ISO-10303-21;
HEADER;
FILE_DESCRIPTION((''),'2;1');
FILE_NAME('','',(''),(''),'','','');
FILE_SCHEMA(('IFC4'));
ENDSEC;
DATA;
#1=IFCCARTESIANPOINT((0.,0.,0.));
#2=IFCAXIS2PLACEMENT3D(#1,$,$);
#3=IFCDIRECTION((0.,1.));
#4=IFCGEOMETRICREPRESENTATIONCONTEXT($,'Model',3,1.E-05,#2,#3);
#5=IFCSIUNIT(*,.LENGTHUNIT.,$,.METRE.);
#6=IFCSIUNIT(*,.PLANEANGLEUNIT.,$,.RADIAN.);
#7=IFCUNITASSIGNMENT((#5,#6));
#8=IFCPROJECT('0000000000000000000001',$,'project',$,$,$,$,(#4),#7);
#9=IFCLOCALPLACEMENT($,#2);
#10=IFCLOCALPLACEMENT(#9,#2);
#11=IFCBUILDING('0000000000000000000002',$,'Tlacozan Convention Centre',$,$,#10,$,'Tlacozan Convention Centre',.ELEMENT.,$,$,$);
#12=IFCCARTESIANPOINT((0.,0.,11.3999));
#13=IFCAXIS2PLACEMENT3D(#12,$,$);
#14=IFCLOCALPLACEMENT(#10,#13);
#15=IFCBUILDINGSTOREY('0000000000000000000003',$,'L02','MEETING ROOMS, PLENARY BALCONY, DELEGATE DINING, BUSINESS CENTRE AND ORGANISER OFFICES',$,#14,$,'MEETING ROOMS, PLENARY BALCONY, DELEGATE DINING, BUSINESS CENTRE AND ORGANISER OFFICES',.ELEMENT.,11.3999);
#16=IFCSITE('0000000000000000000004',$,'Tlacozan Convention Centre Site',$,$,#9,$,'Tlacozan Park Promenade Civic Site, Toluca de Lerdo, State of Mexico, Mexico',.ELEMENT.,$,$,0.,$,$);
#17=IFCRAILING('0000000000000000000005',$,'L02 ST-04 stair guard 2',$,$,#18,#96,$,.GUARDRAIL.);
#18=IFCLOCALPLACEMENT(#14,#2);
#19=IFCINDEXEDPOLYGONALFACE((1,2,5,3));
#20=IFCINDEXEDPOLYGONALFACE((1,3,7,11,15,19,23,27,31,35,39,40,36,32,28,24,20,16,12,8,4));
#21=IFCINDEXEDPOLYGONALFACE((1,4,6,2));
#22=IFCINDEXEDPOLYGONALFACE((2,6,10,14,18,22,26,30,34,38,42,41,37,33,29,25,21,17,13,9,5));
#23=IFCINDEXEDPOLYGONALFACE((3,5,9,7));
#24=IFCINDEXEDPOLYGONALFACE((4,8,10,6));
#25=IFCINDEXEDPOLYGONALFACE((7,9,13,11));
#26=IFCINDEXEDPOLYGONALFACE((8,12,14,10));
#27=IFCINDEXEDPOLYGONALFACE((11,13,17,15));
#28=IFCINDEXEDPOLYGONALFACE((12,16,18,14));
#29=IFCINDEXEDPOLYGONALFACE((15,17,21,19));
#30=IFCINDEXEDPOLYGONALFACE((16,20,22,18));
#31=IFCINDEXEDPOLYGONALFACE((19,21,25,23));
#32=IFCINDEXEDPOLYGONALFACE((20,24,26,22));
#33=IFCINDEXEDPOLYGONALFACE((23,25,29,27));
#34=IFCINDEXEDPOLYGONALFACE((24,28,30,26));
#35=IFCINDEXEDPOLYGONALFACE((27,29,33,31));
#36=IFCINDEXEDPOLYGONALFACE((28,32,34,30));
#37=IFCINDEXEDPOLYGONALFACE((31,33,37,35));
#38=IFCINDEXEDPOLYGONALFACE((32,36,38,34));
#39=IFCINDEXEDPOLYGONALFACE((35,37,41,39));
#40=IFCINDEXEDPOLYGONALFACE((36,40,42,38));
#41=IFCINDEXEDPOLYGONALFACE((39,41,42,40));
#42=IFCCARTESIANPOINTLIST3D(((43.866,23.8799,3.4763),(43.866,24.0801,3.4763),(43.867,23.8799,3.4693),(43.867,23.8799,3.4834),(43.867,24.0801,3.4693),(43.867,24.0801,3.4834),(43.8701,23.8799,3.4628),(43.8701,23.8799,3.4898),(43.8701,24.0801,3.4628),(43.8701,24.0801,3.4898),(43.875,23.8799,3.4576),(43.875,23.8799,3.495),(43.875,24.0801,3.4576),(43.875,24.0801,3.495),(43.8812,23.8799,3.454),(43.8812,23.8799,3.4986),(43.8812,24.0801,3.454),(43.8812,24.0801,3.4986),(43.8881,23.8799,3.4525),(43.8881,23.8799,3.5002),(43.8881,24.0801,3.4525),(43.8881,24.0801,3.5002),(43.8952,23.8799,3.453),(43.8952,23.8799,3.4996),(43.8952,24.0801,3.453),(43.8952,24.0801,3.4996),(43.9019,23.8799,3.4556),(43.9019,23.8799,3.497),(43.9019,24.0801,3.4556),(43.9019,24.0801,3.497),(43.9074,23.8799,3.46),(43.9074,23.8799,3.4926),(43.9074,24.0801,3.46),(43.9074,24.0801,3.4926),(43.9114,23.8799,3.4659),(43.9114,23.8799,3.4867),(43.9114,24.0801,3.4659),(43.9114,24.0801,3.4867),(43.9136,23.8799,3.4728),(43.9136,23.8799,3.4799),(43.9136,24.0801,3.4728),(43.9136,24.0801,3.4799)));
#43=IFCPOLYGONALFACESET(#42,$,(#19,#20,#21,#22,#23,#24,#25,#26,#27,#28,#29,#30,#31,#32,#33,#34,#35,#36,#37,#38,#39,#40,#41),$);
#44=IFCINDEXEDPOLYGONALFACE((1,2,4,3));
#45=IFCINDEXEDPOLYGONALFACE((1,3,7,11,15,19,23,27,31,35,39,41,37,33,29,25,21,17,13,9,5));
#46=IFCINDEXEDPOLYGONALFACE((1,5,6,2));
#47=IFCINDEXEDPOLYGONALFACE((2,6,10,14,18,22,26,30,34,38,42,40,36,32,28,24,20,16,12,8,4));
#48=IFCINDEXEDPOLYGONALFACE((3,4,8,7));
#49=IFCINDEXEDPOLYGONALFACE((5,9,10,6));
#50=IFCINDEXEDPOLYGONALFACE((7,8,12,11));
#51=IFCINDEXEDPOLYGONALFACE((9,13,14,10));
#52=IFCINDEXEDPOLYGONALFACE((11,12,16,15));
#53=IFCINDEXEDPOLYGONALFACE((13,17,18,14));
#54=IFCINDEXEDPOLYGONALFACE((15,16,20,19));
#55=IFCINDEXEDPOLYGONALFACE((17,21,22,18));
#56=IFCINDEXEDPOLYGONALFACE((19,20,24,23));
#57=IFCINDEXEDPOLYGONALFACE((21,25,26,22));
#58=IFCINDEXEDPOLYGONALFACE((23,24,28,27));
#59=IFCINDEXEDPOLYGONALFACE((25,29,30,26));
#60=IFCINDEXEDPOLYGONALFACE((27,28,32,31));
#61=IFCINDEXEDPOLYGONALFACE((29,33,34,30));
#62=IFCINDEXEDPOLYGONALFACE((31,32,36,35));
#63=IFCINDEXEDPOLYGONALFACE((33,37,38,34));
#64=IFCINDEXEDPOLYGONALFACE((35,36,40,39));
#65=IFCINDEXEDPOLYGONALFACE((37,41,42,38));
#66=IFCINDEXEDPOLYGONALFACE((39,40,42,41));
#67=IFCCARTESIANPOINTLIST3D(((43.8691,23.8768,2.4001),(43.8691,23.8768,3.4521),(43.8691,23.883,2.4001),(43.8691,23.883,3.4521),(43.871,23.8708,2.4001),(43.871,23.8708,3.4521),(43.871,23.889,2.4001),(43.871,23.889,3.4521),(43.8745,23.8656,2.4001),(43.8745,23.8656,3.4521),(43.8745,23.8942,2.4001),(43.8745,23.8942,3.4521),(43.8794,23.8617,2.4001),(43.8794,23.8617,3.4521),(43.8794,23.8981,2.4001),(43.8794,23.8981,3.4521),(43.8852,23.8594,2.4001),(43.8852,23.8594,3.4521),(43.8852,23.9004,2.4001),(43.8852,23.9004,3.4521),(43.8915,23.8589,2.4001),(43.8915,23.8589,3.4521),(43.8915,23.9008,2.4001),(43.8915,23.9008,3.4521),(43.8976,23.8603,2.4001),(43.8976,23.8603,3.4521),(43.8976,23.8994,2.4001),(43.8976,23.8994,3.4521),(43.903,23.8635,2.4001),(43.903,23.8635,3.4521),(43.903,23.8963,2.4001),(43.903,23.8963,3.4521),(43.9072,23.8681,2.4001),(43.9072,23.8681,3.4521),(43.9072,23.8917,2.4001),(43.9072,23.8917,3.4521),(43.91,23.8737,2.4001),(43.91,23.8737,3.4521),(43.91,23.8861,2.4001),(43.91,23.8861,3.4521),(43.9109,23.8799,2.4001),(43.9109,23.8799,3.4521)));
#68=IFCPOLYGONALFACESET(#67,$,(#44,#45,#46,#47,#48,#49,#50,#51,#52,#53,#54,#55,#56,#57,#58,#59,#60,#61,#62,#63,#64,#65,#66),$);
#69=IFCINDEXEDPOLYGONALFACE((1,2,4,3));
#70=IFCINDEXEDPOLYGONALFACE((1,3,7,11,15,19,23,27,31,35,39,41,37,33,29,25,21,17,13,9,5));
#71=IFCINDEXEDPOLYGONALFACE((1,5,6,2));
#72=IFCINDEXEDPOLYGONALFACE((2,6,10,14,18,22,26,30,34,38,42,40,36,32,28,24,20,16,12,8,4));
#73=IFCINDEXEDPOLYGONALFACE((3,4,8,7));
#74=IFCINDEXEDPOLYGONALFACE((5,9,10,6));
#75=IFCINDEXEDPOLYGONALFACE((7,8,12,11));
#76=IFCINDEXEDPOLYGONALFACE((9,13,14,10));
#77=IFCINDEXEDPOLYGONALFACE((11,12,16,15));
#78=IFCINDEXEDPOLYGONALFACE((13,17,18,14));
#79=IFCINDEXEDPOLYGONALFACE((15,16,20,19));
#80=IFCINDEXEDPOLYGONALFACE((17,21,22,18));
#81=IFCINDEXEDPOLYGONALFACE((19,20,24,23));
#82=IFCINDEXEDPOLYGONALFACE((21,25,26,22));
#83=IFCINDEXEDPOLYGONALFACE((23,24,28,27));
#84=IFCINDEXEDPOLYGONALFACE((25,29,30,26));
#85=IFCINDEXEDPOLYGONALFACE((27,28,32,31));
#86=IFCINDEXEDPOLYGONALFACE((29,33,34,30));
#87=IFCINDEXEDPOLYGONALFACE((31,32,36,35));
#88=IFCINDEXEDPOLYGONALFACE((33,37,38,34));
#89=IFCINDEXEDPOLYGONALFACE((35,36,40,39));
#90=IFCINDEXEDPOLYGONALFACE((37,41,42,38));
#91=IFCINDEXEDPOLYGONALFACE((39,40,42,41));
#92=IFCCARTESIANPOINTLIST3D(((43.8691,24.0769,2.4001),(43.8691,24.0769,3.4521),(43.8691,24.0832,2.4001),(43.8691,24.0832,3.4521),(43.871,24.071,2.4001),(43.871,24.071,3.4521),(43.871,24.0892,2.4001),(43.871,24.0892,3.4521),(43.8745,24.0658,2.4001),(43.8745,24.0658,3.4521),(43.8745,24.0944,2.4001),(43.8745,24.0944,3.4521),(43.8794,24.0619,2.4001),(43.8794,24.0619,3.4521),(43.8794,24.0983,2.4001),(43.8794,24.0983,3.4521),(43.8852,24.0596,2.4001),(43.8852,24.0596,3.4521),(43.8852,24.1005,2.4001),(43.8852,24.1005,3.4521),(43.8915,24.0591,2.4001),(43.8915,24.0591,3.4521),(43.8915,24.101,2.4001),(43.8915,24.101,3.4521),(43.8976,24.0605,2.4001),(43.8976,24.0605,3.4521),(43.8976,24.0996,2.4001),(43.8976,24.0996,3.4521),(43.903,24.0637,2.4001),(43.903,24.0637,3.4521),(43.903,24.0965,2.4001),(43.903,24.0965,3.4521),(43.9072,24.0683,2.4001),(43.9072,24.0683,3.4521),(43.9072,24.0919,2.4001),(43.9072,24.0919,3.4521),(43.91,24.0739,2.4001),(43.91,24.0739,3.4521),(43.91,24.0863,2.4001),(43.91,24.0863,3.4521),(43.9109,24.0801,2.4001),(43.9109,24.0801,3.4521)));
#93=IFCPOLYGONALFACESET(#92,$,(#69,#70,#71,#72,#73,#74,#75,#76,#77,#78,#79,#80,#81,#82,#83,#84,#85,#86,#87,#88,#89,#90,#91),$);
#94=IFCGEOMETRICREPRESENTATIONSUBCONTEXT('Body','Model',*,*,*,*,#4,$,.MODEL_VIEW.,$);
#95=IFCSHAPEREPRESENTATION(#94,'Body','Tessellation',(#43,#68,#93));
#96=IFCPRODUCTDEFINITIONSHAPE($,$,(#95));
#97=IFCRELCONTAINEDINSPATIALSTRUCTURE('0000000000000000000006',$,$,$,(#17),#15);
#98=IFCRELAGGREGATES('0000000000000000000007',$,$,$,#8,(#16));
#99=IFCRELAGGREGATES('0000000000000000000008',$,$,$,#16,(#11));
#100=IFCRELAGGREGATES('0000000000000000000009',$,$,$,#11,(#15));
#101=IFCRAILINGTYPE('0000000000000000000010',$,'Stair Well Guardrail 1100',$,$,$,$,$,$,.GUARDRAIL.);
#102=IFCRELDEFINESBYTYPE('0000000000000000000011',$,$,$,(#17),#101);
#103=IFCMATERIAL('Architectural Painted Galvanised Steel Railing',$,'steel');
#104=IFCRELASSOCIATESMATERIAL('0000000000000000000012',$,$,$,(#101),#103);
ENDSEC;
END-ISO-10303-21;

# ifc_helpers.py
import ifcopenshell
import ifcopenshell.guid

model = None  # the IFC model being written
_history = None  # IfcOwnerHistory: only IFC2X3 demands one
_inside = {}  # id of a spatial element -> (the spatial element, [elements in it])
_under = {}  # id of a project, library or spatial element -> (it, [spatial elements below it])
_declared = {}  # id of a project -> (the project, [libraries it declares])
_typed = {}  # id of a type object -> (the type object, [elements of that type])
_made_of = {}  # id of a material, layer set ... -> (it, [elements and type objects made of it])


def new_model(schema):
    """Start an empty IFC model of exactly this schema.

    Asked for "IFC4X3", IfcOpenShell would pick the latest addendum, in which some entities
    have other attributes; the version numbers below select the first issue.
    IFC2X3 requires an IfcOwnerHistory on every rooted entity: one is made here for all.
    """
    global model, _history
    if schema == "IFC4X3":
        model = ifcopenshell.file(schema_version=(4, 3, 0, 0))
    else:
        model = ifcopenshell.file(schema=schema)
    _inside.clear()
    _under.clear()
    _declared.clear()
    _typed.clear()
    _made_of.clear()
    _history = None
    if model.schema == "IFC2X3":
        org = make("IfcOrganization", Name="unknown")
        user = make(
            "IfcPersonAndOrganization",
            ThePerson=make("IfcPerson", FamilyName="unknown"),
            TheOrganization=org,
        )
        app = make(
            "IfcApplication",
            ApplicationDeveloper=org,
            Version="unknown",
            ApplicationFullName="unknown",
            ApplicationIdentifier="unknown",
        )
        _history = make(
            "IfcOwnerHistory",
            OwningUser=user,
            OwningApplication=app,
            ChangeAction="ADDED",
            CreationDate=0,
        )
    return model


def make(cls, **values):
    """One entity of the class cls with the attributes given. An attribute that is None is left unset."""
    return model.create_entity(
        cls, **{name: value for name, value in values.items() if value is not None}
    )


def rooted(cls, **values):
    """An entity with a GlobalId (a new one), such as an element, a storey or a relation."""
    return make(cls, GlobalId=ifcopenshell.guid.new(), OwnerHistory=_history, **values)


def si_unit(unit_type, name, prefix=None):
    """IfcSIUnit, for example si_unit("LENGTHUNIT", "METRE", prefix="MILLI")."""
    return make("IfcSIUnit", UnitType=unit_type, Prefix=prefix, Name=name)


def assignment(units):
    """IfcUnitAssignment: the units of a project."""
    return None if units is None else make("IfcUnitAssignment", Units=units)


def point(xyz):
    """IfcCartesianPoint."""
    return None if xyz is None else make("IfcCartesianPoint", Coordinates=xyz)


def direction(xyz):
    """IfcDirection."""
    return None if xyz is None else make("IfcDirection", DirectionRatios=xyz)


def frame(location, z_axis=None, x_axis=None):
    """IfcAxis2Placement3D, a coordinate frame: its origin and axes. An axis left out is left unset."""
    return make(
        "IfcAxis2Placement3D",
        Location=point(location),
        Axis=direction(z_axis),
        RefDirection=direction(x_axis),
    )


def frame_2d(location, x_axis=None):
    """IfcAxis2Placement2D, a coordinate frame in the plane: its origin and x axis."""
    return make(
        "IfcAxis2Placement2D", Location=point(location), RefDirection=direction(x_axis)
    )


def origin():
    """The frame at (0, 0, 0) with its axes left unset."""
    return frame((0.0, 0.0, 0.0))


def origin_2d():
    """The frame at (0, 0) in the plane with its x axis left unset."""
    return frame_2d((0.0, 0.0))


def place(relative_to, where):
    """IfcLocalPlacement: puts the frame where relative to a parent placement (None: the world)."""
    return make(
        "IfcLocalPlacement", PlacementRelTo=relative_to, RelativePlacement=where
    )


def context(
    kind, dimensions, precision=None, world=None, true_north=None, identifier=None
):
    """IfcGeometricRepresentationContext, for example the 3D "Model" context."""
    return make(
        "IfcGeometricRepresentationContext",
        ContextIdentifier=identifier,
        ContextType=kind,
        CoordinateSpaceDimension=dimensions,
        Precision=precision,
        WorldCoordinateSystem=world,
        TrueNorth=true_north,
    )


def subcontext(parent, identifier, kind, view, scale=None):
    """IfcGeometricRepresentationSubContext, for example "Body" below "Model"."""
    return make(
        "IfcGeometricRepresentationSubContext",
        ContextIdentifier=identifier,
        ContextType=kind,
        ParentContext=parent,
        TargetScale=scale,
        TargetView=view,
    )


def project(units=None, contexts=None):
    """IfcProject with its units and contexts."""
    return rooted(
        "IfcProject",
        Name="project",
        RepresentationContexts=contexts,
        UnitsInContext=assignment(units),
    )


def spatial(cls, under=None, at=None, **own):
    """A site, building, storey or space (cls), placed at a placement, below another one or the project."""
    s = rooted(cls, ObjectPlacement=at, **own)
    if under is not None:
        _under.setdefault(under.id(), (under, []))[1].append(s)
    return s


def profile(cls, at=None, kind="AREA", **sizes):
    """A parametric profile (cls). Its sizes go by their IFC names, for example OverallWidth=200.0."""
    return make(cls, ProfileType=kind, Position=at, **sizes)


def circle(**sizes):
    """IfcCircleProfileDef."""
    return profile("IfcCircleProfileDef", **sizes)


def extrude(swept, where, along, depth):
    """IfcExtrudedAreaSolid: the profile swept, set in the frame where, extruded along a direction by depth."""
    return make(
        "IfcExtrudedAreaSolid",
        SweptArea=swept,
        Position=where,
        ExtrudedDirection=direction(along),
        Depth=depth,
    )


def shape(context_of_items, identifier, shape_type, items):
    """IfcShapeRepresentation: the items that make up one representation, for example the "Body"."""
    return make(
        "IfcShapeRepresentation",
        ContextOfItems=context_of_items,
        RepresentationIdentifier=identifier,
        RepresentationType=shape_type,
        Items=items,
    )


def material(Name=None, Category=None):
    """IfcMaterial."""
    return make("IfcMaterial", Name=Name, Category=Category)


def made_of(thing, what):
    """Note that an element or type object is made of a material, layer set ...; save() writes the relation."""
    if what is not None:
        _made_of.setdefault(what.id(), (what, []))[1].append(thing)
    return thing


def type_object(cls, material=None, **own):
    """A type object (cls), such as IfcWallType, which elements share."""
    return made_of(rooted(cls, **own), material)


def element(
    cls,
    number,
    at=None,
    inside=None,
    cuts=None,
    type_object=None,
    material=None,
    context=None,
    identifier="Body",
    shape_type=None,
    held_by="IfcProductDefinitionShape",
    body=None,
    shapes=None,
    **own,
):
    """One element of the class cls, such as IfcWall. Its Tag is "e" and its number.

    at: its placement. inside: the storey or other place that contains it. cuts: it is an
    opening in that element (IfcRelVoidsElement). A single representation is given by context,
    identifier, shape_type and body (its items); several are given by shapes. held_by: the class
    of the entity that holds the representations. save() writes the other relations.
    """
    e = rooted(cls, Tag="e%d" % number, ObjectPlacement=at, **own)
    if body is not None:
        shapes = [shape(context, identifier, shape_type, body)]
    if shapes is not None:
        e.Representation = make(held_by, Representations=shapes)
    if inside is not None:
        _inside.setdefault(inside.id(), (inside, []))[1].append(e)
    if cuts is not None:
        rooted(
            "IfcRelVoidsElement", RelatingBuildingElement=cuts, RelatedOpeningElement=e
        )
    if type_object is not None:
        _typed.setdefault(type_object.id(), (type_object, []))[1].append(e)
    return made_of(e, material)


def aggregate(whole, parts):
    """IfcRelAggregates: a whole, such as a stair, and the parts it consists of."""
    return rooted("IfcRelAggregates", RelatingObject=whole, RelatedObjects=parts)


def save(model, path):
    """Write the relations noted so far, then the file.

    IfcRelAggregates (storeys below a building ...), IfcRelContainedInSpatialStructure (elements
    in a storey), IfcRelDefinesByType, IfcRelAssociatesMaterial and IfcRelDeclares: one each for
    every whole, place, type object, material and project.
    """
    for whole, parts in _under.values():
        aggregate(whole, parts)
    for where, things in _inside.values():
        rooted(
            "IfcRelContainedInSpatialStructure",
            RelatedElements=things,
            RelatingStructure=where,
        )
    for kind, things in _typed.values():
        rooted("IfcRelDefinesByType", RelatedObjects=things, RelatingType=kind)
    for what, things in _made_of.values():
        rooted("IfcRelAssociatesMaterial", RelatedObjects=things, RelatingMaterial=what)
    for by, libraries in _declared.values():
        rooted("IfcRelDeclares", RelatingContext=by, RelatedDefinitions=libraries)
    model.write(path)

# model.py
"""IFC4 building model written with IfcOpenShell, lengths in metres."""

from ifc_helpers import new_model, si_unit, direction, frame, origin, origin_2d, place, context, subcontext, project, spatial, circle, extrude, material, type_object, element, save


model = new_model("IFC4")

# Units and contexts
model_context = context("Model", 3, precision=1e-05, world=origin(), true_north=direction((0.0, 1.0)))
body_context = subcontext(model_context, "Body", "Model", "MODEL_VIEW")
ifc_project = project(units=[si_unit("LENGTHUNIT", "METRE"), si_unit("PLANEANGLEUNIT", "RADIAN")], contexts=[model_context])

# Site, building, storey
site_placement = place(None, origin())
site = spatial("IfcSite", under=ifc_project, at=site_placement, Name="Tlacozan Convention Centre Site", LongName="Tlacozan Park Promenade Civic Site, Toluca de Lerdo, State of Mexico, Mexico", CompositionType="ELEMENT", RefElevation=0.0)
building_placement = place(site_placement, origin())
building = spatial("IfcBuilding", under=site, at=building_placement, Name="Tlacozan Convention Centre", LongName="Tlacozan Convention Centre", CompositionType="ELEMENT")
storey_placement = place(building_placement, frame((0.0, 0.0, 11.3999)))
storey = spatial("IfcBuildingStorey", under=building, at=storey_placement, Name="L02", Description="MEETING ROOMS, PLENARY BALCONY, DELEGATE DINING, BUSINESS CENTRE AND ORGANISER OFFICES", LongName="MEETING ROOMS, PLENARY BALCONY, DELEGATE DINING, BUSINESS CENTRE AND ORGANISER OFFICES", CompositionType="ELEMENT", Elevation=11.3999)

# Railing
ifc_material_1 = material(Name="Architectural Painted Galvanised Steel Railing", Category="steel")
railing_type_1 = type_object("IfcRailingType", Name="Stair Well Guardrail 1100", PredefinedType="GUARDRAIL", material=ifc_material_1)
railing_1_placement = place(storey_placement, frame((43.8899, 23.8799, 2.4001)))
element("IfcRailing", 1, at=railing_1_placement, inside=storey, type_object=railing_type_1, Name="L02 ST-04 stair guard 2", PredefinedType="GUARDRAIL", context=body_context, shape_type="SweptSolid", body=[
    extrude(circle(Radius=0.0239, at=origin_2d()), frame((0.0, 0.0, 1.0762), z_axis=(0.0, 1.0, 0.0), x_axis=(-1.0, 0.0, 0.0)), (0.0, 0.0, 1.0), 0.2002),
    extrude(circle(Radius=0.021, at=origin_2d()), origin(), (0.0, 0.0, 1.0), 1.052),
    extrude(circle(Radius=0.021, at=origin_2d()), frame((0.0, 0.2002, 0.0)), (0.0, 0.0, 1.0), 1.052),
])

save(model, "model.ifc")
